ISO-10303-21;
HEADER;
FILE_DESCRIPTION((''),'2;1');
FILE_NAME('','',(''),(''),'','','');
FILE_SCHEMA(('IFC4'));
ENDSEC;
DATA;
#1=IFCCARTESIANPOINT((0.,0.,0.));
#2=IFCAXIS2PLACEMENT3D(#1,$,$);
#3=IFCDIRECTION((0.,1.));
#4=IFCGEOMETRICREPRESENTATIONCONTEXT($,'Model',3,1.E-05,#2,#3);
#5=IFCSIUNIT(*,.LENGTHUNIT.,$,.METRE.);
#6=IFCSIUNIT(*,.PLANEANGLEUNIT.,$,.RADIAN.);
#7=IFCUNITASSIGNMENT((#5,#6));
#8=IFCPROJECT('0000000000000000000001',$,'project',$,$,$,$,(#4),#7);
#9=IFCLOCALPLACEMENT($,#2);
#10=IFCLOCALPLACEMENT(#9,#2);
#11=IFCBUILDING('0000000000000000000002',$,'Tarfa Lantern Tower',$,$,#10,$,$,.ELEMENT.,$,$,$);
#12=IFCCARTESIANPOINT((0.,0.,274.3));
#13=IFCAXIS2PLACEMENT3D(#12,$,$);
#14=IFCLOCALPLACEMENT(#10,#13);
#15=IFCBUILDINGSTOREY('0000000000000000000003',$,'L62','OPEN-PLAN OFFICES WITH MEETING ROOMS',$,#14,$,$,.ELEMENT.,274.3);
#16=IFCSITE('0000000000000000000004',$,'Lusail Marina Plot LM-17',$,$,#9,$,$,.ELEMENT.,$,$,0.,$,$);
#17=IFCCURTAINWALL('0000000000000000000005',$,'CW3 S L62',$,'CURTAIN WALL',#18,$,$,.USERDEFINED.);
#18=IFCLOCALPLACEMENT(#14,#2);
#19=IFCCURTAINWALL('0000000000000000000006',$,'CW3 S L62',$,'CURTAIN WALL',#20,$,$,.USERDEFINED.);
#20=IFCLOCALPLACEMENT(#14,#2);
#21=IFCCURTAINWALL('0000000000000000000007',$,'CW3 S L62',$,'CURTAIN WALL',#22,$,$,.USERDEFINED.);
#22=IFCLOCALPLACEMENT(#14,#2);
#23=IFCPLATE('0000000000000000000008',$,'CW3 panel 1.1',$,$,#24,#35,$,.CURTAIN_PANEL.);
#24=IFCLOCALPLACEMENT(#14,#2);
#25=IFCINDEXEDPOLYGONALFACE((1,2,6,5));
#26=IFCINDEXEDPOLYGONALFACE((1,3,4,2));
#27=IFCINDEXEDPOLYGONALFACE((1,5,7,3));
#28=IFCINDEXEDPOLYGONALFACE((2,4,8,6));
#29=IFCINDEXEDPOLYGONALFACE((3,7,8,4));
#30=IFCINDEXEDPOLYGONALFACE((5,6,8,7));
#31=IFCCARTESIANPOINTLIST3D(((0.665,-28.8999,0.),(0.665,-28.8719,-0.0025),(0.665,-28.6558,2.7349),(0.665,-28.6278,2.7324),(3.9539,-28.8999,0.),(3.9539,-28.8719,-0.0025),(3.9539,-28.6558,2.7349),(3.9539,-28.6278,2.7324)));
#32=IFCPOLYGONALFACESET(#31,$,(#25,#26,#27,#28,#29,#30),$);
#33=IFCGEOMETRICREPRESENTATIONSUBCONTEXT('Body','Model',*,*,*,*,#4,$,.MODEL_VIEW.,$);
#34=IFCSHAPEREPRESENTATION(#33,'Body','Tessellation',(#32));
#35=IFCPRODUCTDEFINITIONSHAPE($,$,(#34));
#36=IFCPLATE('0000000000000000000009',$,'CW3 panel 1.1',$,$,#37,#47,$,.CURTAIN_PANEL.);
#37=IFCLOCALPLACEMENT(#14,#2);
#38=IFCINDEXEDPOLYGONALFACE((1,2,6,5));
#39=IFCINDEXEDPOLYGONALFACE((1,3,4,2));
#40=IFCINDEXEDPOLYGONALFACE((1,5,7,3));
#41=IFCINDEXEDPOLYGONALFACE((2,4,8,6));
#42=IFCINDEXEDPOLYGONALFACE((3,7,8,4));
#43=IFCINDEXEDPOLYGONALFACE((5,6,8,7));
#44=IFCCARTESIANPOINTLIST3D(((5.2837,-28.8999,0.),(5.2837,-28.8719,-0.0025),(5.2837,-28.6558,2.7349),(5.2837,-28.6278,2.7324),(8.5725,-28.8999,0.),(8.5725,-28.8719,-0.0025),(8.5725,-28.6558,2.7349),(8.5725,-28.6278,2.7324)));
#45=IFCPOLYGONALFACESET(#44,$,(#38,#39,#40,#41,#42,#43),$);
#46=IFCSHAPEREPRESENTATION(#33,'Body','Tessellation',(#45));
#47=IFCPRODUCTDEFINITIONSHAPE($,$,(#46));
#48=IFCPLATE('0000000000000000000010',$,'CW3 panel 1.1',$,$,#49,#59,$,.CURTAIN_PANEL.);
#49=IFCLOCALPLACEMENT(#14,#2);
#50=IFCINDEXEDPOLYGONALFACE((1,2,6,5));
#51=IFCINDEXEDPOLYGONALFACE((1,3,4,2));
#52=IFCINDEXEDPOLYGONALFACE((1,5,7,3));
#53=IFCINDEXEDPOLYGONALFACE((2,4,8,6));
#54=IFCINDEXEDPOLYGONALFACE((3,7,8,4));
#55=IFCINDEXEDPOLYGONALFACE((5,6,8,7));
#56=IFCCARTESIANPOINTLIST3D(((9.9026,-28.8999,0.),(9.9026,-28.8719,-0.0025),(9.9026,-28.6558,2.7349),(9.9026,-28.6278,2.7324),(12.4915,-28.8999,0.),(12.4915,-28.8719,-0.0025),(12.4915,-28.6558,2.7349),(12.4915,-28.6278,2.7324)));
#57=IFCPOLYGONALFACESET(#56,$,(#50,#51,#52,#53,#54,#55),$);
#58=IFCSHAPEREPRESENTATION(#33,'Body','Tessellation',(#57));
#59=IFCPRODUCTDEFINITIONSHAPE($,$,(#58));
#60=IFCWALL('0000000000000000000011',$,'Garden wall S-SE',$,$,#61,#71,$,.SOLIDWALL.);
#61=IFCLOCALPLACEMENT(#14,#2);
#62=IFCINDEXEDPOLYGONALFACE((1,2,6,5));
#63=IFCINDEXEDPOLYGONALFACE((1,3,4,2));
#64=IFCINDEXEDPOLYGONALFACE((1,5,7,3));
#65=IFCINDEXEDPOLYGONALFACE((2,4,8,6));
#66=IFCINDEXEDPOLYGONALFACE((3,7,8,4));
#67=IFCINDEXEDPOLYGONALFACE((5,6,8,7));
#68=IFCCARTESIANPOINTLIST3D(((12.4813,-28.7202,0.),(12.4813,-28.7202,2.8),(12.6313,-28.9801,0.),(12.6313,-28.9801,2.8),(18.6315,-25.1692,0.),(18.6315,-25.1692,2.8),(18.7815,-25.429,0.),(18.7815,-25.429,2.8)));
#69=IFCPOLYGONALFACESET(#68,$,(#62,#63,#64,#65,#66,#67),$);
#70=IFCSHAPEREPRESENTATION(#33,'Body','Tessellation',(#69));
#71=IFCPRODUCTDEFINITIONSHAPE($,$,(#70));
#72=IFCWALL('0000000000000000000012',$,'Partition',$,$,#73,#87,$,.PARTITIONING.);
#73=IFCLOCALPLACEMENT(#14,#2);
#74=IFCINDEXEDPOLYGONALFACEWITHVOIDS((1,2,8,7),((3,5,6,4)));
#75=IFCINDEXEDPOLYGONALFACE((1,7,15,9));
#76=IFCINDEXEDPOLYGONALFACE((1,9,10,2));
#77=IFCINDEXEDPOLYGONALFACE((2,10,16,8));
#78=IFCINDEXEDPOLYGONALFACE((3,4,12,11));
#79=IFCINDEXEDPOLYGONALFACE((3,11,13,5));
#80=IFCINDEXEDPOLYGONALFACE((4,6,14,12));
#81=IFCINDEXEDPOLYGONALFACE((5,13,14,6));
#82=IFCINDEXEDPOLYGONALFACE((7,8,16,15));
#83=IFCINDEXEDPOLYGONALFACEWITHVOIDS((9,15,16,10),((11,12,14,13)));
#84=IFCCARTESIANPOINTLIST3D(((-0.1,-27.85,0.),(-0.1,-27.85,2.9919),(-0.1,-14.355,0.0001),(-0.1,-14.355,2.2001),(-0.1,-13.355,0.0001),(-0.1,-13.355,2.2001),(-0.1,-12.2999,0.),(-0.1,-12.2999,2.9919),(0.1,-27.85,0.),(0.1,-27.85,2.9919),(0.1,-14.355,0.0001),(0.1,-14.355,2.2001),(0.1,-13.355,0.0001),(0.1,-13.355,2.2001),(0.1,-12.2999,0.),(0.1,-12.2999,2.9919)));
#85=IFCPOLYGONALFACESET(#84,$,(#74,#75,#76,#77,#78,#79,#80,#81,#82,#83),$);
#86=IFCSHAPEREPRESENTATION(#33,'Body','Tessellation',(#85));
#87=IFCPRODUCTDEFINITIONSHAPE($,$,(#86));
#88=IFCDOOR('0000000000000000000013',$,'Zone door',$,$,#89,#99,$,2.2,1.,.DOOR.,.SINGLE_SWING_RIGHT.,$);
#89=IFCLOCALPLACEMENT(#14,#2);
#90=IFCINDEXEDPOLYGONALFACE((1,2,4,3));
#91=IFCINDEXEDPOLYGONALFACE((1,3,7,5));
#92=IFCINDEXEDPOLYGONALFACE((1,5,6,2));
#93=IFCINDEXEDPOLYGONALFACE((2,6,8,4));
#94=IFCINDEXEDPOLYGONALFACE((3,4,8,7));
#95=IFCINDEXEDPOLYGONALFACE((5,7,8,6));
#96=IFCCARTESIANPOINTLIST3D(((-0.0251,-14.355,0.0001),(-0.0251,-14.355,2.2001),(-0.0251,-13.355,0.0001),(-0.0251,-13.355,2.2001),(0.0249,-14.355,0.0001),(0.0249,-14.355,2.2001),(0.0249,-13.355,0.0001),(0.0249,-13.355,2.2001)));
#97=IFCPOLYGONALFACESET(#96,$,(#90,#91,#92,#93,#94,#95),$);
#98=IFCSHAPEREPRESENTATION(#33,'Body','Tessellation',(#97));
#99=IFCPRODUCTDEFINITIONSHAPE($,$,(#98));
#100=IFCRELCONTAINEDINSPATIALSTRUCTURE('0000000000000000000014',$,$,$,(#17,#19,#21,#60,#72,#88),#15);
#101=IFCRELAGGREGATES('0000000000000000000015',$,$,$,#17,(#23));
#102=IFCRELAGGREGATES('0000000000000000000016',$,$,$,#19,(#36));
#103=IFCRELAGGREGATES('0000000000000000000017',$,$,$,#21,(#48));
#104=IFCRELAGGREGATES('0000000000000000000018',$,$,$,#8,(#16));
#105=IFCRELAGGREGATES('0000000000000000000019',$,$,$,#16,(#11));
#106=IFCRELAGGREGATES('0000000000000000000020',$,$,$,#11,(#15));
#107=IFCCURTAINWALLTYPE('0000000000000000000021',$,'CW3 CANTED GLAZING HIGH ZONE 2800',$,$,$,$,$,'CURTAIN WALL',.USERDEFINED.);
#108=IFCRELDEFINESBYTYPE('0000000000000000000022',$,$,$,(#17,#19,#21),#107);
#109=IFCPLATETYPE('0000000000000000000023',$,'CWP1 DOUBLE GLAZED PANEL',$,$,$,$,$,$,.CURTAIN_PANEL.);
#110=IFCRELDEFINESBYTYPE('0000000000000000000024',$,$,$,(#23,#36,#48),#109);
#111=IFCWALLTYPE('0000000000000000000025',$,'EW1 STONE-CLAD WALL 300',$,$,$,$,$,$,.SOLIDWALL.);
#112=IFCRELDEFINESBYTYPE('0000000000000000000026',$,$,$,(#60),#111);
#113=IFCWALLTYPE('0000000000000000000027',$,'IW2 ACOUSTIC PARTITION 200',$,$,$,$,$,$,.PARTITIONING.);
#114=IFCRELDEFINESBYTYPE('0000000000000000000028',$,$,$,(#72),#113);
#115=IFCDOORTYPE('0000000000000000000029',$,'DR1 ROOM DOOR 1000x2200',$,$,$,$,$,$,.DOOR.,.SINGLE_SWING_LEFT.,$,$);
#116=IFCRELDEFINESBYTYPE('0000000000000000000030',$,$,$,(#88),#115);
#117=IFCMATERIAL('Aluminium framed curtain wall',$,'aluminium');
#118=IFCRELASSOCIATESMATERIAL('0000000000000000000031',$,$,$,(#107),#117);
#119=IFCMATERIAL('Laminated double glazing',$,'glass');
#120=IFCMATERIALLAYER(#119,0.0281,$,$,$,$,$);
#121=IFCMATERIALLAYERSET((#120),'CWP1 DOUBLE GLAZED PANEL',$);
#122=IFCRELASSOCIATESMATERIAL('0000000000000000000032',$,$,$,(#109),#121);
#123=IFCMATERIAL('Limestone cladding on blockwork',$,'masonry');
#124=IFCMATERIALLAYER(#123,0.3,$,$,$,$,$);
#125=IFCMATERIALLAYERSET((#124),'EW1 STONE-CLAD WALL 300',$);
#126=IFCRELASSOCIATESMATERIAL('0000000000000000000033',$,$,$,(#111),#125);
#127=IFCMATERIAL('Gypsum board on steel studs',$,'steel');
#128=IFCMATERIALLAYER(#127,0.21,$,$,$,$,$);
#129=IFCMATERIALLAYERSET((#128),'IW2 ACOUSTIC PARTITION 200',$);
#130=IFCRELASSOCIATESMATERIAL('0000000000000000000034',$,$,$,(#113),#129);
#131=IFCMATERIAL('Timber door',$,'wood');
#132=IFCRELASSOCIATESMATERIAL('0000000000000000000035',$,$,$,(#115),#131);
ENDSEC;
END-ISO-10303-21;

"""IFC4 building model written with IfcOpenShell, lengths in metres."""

from ifc_helpers import new_model, si_unit, direction, frame, frame_2d, origin, place, context, subcontext, project, spatial, polyline, rectangle, outline, extrude, material, layer, layer_set, type_object, element, fill, aggregate, save


model = new_model("IFC4")

# Units and contexts
model_context = context("Model", 3, precision=1e-05, world=origin(), true_north=direction((0.0, 1.0)))
body_context = subcontext(model_context, "Body", "Model", "MODEL_VIEW")
ifc_project = project(units=[si_unit("LENGTHUNIT", "METRE"), si_unit("PLANEANGLEUNIT", "RADIAN")], contexts=[model_context])

# Site, building, storey
site_placement = place(None, origin())
site = spatial("IfcSite", under=ifc_project, at=site_placement, Name="Lusail Marina Plot LM-17", CompositionType="ELEMENT", RefElevation=0.0)
building_placement = place(site_placement, origin())
building = spatial("IfcBuilding", under=site, at=building_placement, Name="Tarfa Lantern Tower", CompositionType="ELEMENT")
storey_placement = place(building_placement, frame((0.0, 0.0, 274.3)))
storey = spatial("IfcBuildingStorey", under=building, at=storey_placement, Name="L62", Description="OPEN-PLAN OFFICES WITH MEETING ROOMS", CompositionType="ELEMENT", Elevation=274.3)

# Curtain walls
ifc_material_1 = material(Name="Aluminium framed curtain wall", Category="aluminium")
curtain_wall_type = type_object("IfcCurtainWallType", Name="CW3 CANTED GLAZING HIGH ZONE 2800", ElementType="CURTAIN WALL", PredefinedType="USERDEFINED", material=ifc_material_1)
curtain_wall_1_placement = place(storey_placement, origin())
curtain_wall_1 = element("IfcCurtainWall", 1, at=curtain_wall_1_placement, inside=storey, type_object=curtain_wall_type, Name="CW3 S L62", ObjectType="CURTAIN WALL", PredefinedType="USERDEFINED")
curtain_wall_2_placement = place(storey_placement, origin())
curtain_wall_2 = element("IfcCurtainWall", 2, at=curtain_wall_2_placement, inside=storey, type_object=curtain_wall_type, Name="CW3 S L62", ObjectType="CURTAIN WALL", PredefinedType="USERDEFINED")
curtain_wall_3_placement = place(storey_placement, origin())
curtain_wall_3 = element("IfcCurtainWall", 3, at=curtain_wall_3_placement, inside=storey, type_object=curtain_wall_type, Name="CW3 S L62", ObjectType="CURTAIN WALL", PredefinedType="USERDEFINED")

# Plates
ifc_material_2 = material(Name="Laminated double glazing", Category="glass")
ifc_layer_1 = layer(ifc_material_2, 0.0281)
ifc_layer_set_1 = layer_set([ifc_layer_1], Name="CWP1 DOUBLE GLAZED PANEL")
plate_type = type_object("IfcPlateType", Name="CWP1 DOUBLE GLAZED PANEL", PredefinedType="CURTAIN_PANEL", material=ifc_layer_set_1)
plate_1_placement = place(storey_placement, frame((0.665, -28.8999, 0.0), z_axis=(0.0, -0.996039, 0.088916), x_axis=(1.0, 0.0, 0.0)))
plate_1 = element("IfcPlate", 4, at=plate_1_placement, type_object=plate_type, Name="CW3 panel 1.1", PredefinedType="CURTAIN_PANEL", context=body_context, shape_type="SweptSolid", body=[
    extrude(outline(polyline([(0.0, 0.0), (3.2888, 0.0), (3.2888, 2.7457), (0.0, 2.7457), (0.0, 0.0)])), origin(), (0.0, 0.0, -1.0), 0.0281),
])
aggregate(curtain_wall_1, [plate_1])
plate_2_placement = place(storey_placement, frame((5.2837, -28.8999, 0.0), z_axis=(0.0, -0.996039, 0.088916), x_axis=(1.0, 0.0, 0.0)))
plate_2 = element("IfcPlate", 5, at=plate_2_placement, type_object=plate_type, Name="CW3 panel 1.1", PredefinedType="CURTAIN_PANEL", context=body_context, shape_type="SweptSolid", body=[
    extrude(outline(polyline([(0.0, 0.0), (3.2888, 0.0), (3.2888, 2.7457), (0.0, 2.7457), (0.0, 0.0)])), origin(), (0.0, 0.0, -1.0), 0.0281),
])
aggregate(curtain_wall_2, [plate_2])
plate_3_placement = place(storey_placement, frame((9.9026, -28.8999, 0.0), z_axis=(0.0, -0.996039, 0.088916), x_axis=(1.0, 0.0, 0.0)))
plate_3 = element("IfcPlate", 6, at=plate_3_placement, type_object=plate_type, Name="CW3 panel 1.1", PredefinedType="CURTAIN_PANEL", context=body_context, shape_type="SweptSolid", body=[
    extrude(outline(polyline([(0.0, 0.0), (2.5889, 0.0), (2.5889, 2.7457), (0.0, 2.7457), (0.0, 0.0)])), origin(), (0.0, 0.0, -1.0), 0.0281),
])
aggregate(curtain_wall_3, [plate_3])

# Wall
ifc_material_3 = material(Name="Limestone cladding on blockwork", Category="masonry")
ifc_layer_2 = layer(ifc_material_3, 0.3)
ifc_layer_set_2 = layer_set([ifc_layer_2], Name="EW1 STONE-CLAD WALL 300")
wall_type_1 = type_object("IfcWallType", Name="EW1 STONE-CLAD WALL 300", PredefinedType="SOLIDWALL", material=ifc_layer_set_2)
wall_1_placement = place(storey_placement, frame((12.5564, -28.8501, 0.0), z_axis=(0.0, 0.0, 1.0), x_axis=(0.866011, 0.500025, 0.0)))
element("IfcWall", 7, at=wall_1_placement, inside=storey, type_object=wall_type_1, Name="Garden wall S-SE", PredefinedType="SOLIDWALL", context=body_context, shape_type="SweptSolid", body=[
    extrude(rectangle(XDim=7.1018, YDim=0.3, at=frame_2d((3.5508, 0.0))), origin(), (0.0, 0.0, 1.0), 2.8),
])

# Wall, opening, door
ifc_material_4 = material(Name="Gypsum board on steel studs", Category="steel")
ifc_layer_3 = layer(ifc_material_4, 0.21)
ifc_layer_set_3 = layer_set([ifc_layer_3], Name="IW2 ACOUSTIC PARTITION 200")
wall_type_2 = type_object("IfcWallType", Name="IW2 ACOUSTIC PARTITION 200", PredefinedType="PARTITIONING", material=ifc_layer_set_3)
wall_2_placement = place(storey_placement, frame((0.0, -12.3, 0.0), z_axis=(0.0, 0.0, 1.0), x_axis=(0.0, -1.0, 0.0)))
wall_2 = element("IfcWall", 8, at=wall_2_placement, inside=storey, type_object=wall_type_2, Name="Partition", PredefinedType="PARTITIONING", context=body_context, shape_type="SweptSolid", body=[
    extrude(rectangle(XDim=15.55, YDim=0.2, at=frame_2d((7.7749, 0.0))), origin(), (0.0, 0.0, 1.0), 2.9919),
])
opening_placement = place(wall_2_placement, frame((1.0549, 0.0, 0.0)))
opening = element("IfcOpeningElement", 9, at=opening_placement, cuts=wall_2, PredefinedType="OPENING", context=body_context, shape_type="SweptSolid", body=[
    extrude(rectangle(XDim=1.0, YDim=2.2, at=frame_2d((0.5, 1.1001))), frame((0.0, 0.1099, 0.0), z_axis=(0.0, -1.0, 0.0), x_axis=(1.0, 0.0, 0.0)), (0.0, 0.0, 1.0), 0.22),
])
ifc_material_5 = material(Name="Timber door", Category="wood")
door_type = type_object("IfcDoorType", Name="DR1 ROOM DOOR 1000x2200", OperationType="SINGLE_SWING_LEFT", PredefinedType="DOOR", material=ifc_material_5)
door_placement = place(opening_placement, origin())
door = element("IfcDoor", 10, at=door_placement, inside=storey, type_object=door_type, Name="Zone door", OperationType="SINGLE_SWING_RIGHT", OverallHeight=2.2, OverallWidth=1.0, PredefinedType="DOOR", context=body_context, shape_type="SweptSolid", body=[
    extrude(rectangle(XDim=1.0, YDim=2.2, at=frame_2d((0.5, 1.1001))), frame((0.0, 0.0249, 0.0), z_axis=(0.0, -1.0, 0.0), x_axis=(1.0, 0.0, 0.0)), (0.0, 0.0, 1.0), 0.05),
])
fill(opening, door)

save(model, "model.ifc")
